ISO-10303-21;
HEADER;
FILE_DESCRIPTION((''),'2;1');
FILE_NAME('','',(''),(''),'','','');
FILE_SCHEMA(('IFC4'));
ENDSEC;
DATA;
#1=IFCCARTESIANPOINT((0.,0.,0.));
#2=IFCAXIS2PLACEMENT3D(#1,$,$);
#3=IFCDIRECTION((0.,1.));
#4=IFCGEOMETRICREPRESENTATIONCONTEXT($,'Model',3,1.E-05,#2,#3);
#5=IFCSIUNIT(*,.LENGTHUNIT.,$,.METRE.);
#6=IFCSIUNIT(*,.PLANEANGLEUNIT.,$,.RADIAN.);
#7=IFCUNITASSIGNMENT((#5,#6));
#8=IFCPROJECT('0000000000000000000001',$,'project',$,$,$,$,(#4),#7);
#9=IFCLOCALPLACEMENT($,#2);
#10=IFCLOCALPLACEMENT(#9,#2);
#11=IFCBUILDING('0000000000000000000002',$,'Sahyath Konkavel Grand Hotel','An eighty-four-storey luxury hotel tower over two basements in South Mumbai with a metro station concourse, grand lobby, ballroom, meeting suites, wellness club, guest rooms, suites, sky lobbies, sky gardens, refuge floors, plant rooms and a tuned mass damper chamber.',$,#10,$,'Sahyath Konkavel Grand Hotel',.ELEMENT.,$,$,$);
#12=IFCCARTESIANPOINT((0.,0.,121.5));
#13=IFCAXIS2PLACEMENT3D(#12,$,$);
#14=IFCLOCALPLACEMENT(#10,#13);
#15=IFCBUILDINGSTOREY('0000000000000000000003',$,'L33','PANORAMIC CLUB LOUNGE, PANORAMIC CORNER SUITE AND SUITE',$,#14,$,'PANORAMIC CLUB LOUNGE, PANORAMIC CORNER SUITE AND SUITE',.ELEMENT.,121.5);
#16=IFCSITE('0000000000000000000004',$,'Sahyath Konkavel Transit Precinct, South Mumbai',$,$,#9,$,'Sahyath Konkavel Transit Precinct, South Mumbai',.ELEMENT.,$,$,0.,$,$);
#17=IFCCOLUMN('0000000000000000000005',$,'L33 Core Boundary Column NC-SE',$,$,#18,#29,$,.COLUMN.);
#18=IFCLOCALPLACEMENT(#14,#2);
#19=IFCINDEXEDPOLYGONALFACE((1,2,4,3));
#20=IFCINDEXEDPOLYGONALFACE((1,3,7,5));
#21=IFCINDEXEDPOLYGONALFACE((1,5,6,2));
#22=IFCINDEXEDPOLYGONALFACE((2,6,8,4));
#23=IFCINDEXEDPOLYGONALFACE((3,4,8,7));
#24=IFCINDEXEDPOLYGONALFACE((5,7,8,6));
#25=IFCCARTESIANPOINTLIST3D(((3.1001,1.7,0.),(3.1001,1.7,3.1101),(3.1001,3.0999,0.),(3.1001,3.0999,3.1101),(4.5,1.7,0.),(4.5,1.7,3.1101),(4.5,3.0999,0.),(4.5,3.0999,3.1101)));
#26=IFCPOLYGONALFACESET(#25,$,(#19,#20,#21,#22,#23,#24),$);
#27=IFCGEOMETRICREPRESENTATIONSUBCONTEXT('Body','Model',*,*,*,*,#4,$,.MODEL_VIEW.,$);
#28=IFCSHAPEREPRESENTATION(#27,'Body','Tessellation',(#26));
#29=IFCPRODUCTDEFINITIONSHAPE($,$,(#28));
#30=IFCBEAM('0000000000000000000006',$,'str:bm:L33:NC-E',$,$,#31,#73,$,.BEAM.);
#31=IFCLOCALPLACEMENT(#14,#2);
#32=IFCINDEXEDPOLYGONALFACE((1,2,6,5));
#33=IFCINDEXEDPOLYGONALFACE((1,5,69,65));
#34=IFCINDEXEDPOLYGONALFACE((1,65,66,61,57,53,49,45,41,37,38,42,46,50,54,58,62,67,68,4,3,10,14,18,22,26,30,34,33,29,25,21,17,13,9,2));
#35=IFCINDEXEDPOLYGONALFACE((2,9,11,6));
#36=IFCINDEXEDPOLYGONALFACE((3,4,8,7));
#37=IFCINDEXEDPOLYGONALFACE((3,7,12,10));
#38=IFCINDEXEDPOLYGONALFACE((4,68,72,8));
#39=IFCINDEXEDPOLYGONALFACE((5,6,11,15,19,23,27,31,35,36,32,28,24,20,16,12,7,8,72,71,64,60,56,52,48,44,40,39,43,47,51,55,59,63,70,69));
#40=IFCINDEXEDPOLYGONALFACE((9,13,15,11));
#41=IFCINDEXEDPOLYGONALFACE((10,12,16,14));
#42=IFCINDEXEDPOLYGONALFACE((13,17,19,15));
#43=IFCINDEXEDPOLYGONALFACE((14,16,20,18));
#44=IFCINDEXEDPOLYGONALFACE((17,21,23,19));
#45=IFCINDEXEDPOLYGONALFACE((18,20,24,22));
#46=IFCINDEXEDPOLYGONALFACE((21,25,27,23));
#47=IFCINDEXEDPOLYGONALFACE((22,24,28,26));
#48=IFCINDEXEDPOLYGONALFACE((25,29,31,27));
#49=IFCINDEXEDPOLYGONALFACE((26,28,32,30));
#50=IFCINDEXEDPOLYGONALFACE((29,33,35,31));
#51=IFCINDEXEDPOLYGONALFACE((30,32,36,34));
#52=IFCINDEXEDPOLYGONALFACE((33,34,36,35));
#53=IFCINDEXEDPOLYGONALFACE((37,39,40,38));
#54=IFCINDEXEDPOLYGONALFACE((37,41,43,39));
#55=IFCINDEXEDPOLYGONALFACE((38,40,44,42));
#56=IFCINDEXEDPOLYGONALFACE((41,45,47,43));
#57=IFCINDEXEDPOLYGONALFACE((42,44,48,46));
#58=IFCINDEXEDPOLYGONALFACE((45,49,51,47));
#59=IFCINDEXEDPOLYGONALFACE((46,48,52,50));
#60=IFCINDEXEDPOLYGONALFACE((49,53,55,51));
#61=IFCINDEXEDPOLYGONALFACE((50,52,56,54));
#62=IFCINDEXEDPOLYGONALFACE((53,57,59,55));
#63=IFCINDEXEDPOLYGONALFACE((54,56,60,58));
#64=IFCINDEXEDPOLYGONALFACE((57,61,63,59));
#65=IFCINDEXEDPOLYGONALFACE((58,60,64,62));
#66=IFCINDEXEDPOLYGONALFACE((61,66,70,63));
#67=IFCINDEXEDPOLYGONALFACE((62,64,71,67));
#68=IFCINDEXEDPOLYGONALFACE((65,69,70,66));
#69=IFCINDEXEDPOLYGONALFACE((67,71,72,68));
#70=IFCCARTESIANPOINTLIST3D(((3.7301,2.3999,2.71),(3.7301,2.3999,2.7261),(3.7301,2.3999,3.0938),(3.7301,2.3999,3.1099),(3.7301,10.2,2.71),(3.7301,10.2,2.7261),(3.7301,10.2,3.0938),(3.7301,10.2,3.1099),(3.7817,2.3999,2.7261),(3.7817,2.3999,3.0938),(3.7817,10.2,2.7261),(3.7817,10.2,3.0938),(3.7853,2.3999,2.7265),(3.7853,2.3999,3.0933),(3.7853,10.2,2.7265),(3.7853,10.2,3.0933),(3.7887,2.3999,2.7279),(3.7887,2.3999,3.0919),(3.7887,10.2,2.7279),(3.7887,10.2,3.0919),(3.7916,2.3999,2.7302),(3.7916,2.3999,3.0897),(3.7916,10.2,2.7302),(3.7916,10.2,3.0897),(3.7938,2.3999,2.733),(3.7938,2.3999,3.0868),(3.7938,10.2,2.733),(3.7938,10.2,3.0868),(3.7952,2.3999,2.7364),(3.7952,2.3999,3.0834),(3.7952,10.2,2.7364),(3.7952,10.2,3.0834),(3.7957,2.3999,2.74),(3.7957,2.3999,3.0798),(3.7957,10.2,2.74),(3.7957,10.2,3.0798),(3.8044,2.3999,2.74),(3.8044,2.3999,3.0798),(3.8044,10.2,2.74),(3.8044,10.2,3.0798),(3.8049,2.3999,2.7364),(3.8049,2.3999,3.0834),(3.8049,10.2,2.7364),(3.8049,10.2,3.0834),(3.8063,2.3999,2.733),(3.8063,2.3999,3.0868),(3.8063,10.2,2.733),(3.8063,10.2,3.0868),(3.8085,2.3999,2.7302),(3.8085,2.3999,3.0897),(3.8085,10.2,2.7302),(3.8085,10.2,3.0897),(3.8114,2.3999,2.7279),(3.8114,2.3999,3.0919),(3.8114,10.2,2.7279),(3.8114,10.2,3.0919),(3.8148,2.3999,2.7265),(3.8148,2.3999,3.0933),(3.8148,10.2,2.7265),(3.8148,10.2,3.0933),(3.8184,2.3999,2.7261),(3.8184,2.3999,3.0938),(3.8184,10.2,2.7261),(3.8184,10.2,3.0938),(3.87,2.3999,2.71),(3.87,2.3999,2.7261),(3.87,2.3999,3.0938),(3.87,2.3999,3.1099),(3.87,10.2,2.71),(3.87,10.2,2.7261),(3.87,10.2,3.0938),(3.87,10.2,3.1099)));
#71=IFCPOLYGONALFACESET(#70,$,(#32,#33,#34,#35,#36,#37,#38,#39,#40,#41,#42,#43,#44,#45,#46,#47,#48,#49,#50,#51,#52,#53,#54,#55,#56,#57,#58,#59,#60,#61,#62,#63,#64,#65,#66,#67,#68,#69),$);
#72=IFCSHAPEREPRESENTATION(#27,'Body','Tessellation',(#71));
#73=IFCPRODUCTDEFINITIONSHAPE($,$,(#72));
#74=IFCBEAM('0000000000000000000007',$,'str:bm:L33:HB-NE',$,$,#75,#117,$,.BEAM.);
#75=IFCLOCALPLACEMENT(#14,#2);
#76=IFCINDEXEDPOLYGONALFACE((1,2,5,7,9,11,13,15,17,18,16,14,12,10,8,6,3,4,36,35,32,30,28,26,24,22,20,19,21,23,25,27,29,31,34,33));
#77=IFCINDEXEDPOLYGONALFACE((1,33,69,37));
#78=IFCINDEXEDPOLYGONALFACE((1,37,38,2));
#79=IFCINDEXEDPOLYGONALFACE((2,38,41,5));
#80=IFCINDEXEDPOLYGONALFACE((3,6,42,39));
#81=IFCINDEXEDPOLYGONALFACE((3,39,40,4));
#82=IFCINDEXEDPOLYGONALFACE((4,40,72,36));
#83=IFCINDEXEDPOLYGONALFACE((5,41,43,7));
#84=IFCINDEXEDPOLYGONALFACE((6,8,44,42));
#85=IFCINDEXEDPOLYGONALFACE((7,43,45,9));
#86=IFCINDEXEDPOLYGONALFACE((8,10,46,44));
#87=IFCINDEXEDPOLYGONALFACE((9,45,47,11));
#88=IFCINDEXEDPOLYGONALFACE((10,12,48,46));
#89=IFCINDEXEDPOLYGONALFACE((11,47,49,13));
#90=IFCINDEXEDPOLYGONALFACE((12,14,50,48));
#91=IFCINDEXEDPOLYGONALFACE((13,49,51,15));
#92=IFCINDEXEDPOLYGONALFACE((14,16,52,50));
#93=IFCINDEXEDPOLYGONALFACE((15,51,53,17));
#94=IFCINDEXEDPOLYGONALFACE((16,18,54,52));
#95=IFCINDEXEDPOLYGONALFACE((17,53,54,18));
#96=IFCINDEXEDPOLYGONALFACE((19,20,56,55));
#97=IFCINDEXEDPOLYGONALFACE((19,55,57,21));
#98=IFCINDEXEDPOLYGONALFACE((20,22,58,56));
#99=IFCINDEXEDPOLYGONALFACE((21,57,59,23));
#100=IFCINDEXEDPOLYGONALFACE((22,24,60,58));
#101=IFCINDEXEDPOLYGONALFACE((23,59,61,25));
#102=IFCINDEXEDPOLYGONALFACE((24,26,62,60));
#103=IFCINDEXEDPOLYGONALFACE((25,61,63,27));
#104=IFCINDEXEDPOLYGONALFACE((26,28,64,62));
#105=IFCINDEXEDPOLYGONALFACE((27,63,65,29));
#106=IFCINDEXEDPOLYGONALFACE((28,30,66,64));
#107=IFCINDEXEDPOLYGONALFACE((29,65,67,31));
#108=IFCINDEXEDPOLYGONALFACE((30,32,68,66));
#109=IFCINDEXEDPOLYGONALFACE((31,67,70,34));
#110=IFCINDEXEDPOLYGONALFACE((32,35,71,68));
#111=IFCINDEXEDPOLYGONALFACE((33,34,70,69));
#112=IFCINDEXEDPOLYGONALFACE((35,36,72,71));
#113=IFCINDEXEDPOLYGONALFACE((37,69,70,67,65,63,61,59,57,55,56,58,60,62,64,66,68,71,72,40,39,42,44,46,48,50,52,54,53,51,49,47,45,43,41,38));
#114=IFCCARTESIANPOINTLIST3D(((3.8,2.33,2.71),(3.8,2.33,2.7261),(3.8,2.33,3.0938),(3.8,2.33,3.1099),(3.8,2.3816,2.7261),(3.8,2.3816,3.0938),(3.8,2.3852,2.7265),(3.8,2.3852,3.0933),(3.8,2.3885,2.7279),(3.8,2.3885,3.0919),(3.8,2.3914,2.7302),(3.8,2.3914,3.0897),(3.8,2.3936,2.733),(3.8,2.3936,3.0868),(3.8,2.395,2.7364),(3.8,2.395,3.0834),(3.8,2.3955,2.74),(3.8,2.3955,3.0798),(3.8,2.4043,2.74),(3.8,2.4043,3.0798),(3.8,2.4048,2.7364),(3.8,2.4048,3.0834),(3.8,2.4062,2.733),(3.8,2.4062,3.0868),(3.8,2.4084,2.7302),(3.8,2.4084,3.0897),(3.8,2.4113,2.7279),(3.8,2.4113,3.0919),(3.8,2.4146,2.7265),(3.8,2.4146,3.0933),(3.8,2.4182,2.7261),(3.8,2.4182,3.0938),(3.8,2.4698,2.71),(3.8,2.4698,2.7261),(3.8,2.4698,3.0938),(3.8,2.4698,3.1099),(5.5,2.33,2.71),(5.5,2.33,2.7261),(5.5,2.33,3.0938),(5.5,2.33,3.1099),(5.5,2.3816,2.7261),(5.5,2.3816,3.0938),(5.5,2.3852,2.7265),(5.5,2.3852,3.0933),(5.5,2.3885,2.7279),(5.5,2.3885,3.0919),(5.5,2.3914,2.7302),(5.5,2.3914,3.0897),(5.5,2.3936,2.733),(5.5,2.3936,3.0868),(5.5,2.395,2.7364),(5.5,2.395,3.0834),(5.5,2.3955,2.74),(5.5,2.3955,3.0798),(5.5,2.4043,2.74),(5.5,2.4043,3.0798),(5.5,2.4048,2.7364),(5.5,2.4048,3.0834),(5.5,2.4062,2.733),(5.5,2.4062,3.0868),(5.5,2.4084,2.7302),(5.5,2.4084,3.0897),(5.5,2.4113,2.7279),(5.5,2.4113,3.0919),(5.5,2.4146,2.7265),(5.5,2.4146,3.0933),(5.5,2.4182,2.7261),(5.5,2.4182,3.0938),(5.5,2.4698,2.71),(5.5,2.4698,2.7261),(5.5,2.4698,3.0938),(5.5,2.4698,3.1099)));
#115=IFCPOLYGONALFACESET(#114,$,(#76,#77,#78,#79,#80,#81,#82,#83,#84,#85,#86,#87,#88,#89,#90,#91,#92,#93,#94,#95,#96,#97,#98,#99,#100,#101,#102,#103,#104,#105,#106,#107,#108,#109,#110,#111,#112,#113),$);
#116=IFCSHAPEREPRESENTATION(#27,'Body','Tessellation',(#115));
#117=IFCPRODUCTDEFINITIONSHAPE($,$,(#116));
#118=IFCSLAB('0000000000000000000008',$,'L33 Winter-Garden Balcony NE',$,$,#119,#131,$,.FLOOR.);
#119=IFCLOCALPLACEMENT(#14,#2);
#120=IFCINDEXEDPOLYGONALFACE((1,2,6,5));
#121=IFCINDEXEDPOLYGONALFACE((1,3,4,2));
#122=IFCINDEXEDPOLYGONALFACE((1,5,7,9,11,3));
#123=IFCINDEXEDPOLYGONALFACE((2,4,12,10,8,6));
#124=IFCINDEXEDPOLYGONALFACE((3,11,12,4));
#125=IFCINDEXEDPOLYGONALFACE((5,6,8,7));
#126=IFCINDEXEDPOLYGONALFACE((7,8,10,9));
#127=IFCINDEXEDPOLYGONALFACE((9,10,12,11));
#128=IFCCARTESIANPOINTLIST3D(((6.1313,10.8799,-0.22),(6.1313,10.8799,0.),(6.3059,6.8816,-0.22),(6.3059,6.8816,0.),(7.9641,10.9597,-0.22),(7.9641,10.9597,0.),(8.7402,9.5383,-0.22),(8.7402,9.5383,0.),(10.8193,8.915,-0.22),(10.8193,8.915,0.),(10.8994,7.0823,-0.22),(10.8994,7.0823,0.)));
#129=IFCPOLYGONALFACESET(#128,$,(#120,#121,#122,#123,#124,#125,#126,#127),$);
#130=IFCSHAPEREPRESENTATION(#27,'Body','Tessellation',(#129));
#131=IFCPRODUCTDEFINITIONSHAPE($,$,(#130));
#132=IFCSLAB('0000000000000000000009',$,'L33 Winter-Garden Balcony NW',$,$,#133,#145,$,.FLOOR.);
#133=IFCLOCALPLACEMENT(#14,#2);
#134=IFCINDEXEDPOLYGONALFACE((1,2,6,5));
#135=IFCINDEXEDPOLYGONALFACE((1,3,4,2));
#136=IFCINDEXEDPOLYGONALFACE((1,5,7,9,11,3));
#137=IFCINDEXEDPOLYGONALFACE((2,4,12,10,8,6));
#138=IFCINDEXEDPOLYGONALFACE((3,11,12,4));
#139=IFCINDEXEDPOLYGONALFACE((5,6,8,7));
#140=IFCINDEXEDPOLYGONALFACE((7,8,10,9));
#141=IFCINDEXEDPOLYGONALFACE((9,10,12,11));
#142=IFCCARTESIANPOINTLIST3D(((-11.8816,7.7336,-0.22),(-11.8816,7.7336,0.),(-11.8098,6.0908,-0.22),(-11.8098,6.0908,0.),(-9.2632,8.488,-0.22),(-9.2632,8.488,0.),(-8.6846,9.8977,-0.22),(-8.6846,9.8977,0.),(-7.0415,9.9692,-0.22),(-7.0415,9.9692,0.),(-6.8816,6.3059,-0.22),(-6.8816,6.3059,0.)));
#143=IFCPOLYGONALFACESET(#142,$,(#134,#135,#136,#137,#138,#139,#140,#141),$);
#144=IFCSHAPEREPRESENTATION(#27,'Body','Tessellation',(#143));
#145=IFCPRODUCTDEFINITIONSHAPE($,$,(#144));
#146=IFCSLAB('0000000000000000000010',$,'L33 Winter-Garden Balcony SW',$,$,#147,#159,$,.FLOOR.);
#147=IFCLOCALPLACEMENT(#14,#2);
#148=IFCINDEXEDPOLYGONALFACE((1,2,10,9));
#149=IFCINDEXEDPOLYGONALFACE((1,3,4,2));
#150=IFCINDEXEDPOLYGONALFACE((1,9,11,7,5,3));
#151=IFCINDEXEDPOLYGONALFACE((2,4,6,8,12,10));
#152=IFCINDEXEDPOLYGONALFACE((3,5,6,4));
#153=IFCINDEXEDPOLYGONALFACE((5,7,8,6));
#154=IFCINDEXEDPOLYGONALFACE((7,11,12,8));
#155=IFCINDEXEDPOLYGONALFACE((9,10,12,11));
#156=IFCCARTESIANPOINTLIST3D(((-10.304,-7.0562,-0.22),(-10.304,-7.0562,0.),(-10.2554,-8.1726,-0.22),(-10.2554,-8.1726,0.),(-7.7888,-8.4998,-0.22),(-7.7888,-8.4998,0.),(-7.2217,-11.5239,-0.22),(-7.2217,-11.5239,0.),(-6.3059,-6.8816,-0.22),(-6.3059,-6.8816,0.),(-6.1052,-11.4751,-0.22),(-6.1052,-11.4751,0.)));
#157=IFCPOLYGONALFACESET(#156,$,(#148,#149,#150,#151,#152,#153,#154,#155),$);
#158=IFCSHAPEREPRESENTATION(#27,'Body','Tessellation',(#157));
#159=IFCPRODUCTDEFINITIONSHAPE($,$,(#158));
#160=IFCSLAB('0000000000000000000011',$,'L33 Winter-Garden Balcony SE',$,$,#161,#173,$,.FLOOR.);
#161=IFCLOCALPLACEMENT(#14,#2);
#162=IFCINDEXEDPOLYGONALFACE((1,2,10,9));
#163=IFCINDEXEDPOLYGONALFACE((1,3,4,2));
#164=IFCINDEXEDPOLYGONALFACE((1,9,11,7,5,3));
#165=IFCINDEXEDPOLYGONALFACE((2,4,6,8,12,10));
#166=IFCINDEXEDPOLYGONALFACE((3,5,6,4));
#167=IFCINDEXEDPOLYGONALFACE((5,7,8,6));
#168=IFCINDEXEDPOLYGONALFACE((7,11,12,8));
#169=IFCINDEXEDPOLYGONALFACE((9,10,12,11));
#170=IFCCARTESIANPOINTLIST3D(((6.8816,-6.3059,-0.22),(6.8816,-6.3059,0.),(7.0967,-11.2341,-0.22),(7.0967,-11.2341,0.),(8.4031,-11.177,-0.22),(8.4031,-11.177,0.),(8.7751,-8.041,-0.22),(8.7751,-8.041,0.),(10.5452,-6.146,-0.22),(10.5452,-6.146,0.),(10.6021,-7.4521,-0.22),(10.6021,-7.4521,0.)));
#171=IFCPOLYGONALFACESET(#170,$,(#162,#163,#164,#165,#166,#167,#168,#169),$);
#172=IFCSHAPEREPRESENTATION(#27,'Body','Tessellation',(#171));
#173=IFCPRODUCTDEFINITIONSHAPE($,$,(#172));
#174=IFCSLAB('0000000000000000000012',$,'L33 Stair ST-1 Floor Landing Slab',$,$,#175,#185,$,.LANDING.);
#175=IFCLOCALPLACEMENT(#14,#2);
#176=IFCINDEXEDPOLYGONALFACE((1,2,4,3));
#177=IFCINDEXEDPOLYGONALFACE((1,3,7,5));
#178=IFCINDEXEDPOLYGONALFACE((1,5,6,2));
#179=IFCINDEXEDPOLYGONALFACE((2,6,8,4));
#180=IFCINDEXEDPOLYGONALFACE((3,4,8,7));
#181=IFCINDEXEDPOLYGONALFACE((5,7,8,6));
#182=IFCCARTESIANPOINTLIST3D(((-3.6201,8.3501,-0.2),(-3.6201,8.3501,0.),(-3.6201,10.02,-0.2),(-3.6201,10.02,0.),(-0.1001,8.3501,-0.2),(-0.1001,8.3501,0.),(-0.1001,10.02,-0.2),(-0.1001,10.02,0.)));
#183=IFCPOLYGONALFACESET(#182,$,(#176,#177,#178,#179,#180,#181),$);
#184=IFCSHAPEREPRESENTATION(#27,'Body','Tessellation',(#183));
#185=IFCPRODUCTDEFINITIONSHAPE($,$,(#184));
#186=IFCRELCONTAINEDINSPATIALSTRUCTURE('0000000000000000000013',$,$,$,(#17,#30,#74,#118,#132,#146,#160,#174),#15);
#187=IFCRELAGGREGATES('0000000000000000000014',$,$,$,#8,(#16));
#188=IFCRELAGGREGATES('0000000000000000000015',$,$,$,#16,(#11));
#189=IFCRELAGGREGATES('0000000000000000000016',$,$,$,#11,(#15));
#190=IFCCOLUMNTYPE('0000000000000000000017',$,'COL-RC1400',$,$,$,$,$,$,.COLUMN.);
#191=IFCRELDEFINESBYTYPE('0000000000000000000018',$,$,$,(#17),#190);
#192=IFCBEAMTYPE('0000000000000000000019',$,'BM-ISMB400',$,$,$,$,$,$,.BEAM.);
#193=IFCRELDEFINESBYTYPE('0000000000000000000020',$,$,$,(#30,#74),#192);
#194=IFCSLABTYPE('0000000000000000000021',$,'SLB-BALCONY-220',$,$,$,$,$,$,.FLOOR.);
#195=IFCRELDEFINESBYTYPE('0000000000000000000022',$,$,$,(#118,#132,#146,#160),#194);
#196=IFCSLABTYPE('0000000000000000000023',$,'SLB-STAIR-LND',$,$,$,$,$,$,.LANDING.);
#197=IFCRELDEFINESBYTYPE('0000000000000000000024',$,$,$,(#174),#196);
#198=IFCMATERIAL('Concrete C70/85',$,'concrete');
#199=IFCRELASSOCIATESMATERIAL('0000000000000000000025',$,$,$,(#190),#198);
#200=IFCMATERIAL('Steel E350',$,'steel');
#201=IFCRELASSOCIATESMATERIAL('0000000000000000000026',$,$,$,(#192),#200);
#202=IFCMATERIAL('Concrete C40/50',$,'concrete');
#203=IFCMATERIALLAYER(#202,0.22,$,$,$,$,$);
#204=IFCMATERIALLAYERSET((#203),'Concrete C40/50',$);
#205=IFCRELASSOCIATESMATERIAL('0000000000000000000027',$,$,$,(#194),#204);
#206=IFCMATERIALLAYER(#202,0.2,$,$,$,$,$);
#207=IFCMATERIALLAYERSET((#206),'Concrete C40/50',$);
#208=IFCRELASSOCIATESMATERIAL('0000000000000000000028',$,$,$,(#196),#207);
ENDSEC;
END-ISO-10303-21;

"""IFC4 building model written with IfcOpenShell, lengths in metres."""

from ifc_helpers import new_model, si_unit, direction, frame, origin, origin_2d, place, context, subcontext, project, spatial, polyline, rectangle, i_section, outline, extrude, source, transform, mapped, material, layer, layer_set, material_profile, profile_set, type_object, element, save


model = new_model("IFC4")

# Units and contexts
model_context = context("Model", 3, precision=1e-05, world=origin(), true_north=direction((0.0, 1.0)))
body_context = subcontext(model_context, "Body", "Model", "MODEL_VIEW")
ifc_project = project(units=[si_unit("LENGTHUNIT", "METRE"), si_unit("PLANEANGLEUNIT", "RADIAN")], contexts=[model_context])

# Site, building, storey
site_placement = place(None, origin())
site = spatial("IfcSite", under=ifc_project, at=site_placement, Name="Sahyath Konkavel Transit Precinct, South Mumbai", LongName="Sahyath Konkavel Transit Precinct, South Mumbai", CompositionType="ELEMENT", RefElevation=0.0)
building_placement = place(site_placement, origin())
building = spatial("IfcBuilding", under=site, at=building_placement, Name="Sahyath Konkavel Grand Hotel", Description="An eighty-four-storey luxury hotel tower over two basements in South Mumbai with a metro station concourse, grand lobby, ballroom, meeting suites, wellness club, guest rooms, suites, sky lobbies, sky gardens, refuge floors, plant rooms and a tuned mass damper chamber.", LongName="Sahyath Konkavel Grand Hotel", CompositionType="ELEMENT")
storey_placement = place(building_placement, frame((0.0, 0.0, 121.5)))
storey = spatial("IfcBuildingStorey", under=building, at=storey_placement, Name="L33", Description="PANORAMIC CLUB LOUNGE, PANORAMIC CORNER SUITE AND SUITE", LongName="PANORAMIC CLUB LOUNGE, PANORAMIC CORNER SUITE AND SUITE", CompositionType="ELEMENT", Elevation=121.5)

# Column
ifc_material_1 = material(Name="Concrete C70/85", Category="concrete")
ifc_material_profile_1 = material_profile(ifc_material_1, rectangle(XDim=1.3999, YDim=1.3999, at=origin_2d()), Name="RC 1400x1400")
ifc_profile_set_1 = profile_set([ifc_material_profile_1], Name="Concrete C70/85")
column_type = type_object("IfcColumnType", Name="COL-RC1400", PredefinedType="COLUMN", material=ifc_profile_set_1)
shared_shape_1 = source(origin(), body_context, "Body", "SweptSolid", [
    extrude(rectangle(XDim=1.3999, YDim=1.3999, at=origin_2d()), origin(), (0.0, 0.0, 1.0), 3.1101),
])
column_placement = place(storey_placement, frame((3.8, 2.3999, 0.0), z_axis=(0.0, 0.0, 1.0), x_axis=(1.0, 0.0, 0.0)))
element("IfcColumn", 1, at=column_placement, inside=storey, type_object=column_type, Name="L33 Core Boundary Column NC-SE", PredefinedType="COLUMN", context=body_context, shape_type="MappedRepresentation", body=[
    mapped(shared_shape_1, transform((0.0, 0.0, 0.0), scale=1.0)),
])

# Beams
ifc_material_2 = material(Name="Steel E350", Category="steel")
ifc_material_profile_2 = material_profile(ifc_material_2, i_section(OverallWidth=0.1399, OverallDepth=0.3999, WebThickness=0.0088, FlangeThickness=0.0161, FilletRadius=0.0139, at=origin_2d()), Name="ISMB 400")
ifc_profile_set_2 = profile_set([ifc_material_profile_2], Name="Steel E350")
beam_type = type_object("IfcBeamType", Name="BM-ISMB400", PredefinedType="BEAM", material=ifc_profile_set_2)
shared_shape_2 = source(origin(), body_context, "Body", "SweptSolid", [
    extrude(i_section(OverallWidth=0.1399, OverallDepth=0.3999, WebThickness=0.0088, FlangeThickness=0.0161, FilletRadius=0.0139, at=origin_2d()), origin(), (0.0, 0.0, 1.0), 7.8),
])
beam_1_placement = place(storey_placement, frame((3.8, 2.3999, 2.9099), z_axis=(0.0, 1.0, 0.0), x_axis=(-1.0, 0.0, 0.0)))
element("IfcBeam", 2, at=beam_1_placement, inside=storey, type_object=beam_type, Name="str:bm:L33:NC-E", PredefinedType="BEAM", context=body_context, shape_type="MappedRepresentation", body=[
    mapped(shared_shape_2, transform((0.0, 0.0, 0.0), scale=1.0)),
])
shared_shape_3 = source(origin(), body_context, "Body", "SweptSolid", [
    extrude(i_section(OverallWidth=0.1399, OverallDepth=0.3999, WebThickness=0.0088, FlangeThickness=0.0161, FilletRadius=0.0139, at=origin_2d()), origin(), (0.0, 0.0, 1.0), 1.7),
])
beam_2_placement = place(storey_placement, frame((3.8, 2.3999, 2.9099), z_axis=(1.0, 0.0, 0.0), x_axis=(0.0, 1.0, 0.0)))
element("IfcBeam", 3, at=beam_2_placement, inside=storey, type_object=beam_type, Name="str:bm:L33:HB-NE", PredefinedType="BEAM", context=body_context, shape_type="MappedRepresentation", body=[
    mapped(shared_shape_3, transform((0.0, 0.0, 0.0), scale=1.0)),
])

# Slabs
ifc_material_3 = material(Name="Concrete C40/50", Category="concrete")
ifc_layer_1 = layer(ifc_material_3, 0.22)
ifc_layer_set_1 = layer_set([ifc_layer_1], Name="Concrete C40/50")
slab_type_1 = type_object("IfcSlabType", Name="SLB-BALCONY-220", PredefinedType="FLOOR", material=ifc_layer_set_1)
slab_1_placement = place(storey_placement, frame((0.0, 0.0, -0.22)))
element("IfcSlab", 4, at=slab_1_placement, inside=storey, type_object=slab_type_1, Name="L33 Winter-Garden Balcony NE", PredefinedType="FLOOR", context=body_context, shape_type="SweptSolid", body=[
    extrude(outline(polyline([(6.3059, 6.8816), (10.8994, 7.0823), (10.8193, 8.915), (8.7402, 9.5383), (7.9641, 10.9597), (6.1313, 10.8799), (6.3059, 6.8816)])), origin(), (0.0, 0.0, 1.0), 0.22),
])
slab_2_placement = place(storey_placement, frame((0.0, 0.0, -0.22)))
element("IfcSlab", 5, at=slab_2_placement, inside=storey, type_object=slab_type_1, Name="L33 Winter-Garden Balcony NW", PredefinedType="FLOOR", context=body_context, shape_type="SweptSolid", body=[
    extrude(outline(polyline([(-6.8816, 6.3059), (-7.0415, 9.9692), (-8.6846, 9.8977), (-9.2632, 8.488), (-11.8816, 7.7336), (-11.8098, 6.0908), (-6.8816, 6.3059)])), origin(), (0.0, 0.0, 1.0), 0.22),
])
slab_3_placement = place(storey_placement, frame((0.0, 0.0, -0.22)))
element("IfcSlab", 6, at=slab_3_placement, inside=storey, type_object=slab_type_1, Name="L33 Winter-Garden Balcony SW", PredefinedType="FLOOR", context=body_context, shape_type="SweptSolid", body=[
    extrude(outline(polyline([(-6.3059, -6.8816), (-10.304, -7.0562), (-10.2554, -8.1726), (-7.7888, -8.4998), (-7.2217, -11.5239), (-6.1052, -11.4751), (-6.3059, -6.8816)])), origin(), (0.0, 0.0, 1.0), 0.22),
])
slab_4_placement = place(storey_placement, frame((0.0, 0.0, -0.22)))
element("IfcSlab", 7, at=slab_4_placement, inside=storey, type_object=slab_type_1, Name="L33 Winter-Garden Balcony SE", PredefinedType="FLOOR", context=body_context, shape_type="SweptSolid", body=[
    extrude(outline(polyline([(6.8816, -6.3059), (7.0967, -11.2341), (8.4031, -11.177), (8.7751, -8.041), (10.6021, -7.4521), (10.5452, -6.146), (6.8816, -6.3059)])), origin(), (0.0, 0.0, 1.0), 0.22),
])
ifc_layer_2 = layer(ifc_material_3, 0.2)
ifc_layer_set_2 = layer_set([ifc_layer_2], Name="Concrete C40/50")
slab_type_2 = type_object("IfcSlabType", Name="SLB-STAIR-LND", PredefinedType="LANDING", material=ifc_layer_set_2)
slab_5_placement = place(storey_placement, frame((0.0, 0.0, -0.2)))
element("IfcSlab", 8, at=slab_5_placement, inside=storey, type_object=slab_type_2, Name="L33 Stair ST-1 Floor Landing Slab", PredefinedType="LANDING", context=body_context, shape_type="SweptSolid", body=[
    extrude(outline(polyline([(-3.6201, 8.3501), (-0.1001, 8.3501), (-0.1001, 10.02), (-3.6201, 10.02), (-3.6201, 8.3501)])), origin(), (0.0, 0.0, 1.0), 0.2),
])

save(model, "model.ifc")
